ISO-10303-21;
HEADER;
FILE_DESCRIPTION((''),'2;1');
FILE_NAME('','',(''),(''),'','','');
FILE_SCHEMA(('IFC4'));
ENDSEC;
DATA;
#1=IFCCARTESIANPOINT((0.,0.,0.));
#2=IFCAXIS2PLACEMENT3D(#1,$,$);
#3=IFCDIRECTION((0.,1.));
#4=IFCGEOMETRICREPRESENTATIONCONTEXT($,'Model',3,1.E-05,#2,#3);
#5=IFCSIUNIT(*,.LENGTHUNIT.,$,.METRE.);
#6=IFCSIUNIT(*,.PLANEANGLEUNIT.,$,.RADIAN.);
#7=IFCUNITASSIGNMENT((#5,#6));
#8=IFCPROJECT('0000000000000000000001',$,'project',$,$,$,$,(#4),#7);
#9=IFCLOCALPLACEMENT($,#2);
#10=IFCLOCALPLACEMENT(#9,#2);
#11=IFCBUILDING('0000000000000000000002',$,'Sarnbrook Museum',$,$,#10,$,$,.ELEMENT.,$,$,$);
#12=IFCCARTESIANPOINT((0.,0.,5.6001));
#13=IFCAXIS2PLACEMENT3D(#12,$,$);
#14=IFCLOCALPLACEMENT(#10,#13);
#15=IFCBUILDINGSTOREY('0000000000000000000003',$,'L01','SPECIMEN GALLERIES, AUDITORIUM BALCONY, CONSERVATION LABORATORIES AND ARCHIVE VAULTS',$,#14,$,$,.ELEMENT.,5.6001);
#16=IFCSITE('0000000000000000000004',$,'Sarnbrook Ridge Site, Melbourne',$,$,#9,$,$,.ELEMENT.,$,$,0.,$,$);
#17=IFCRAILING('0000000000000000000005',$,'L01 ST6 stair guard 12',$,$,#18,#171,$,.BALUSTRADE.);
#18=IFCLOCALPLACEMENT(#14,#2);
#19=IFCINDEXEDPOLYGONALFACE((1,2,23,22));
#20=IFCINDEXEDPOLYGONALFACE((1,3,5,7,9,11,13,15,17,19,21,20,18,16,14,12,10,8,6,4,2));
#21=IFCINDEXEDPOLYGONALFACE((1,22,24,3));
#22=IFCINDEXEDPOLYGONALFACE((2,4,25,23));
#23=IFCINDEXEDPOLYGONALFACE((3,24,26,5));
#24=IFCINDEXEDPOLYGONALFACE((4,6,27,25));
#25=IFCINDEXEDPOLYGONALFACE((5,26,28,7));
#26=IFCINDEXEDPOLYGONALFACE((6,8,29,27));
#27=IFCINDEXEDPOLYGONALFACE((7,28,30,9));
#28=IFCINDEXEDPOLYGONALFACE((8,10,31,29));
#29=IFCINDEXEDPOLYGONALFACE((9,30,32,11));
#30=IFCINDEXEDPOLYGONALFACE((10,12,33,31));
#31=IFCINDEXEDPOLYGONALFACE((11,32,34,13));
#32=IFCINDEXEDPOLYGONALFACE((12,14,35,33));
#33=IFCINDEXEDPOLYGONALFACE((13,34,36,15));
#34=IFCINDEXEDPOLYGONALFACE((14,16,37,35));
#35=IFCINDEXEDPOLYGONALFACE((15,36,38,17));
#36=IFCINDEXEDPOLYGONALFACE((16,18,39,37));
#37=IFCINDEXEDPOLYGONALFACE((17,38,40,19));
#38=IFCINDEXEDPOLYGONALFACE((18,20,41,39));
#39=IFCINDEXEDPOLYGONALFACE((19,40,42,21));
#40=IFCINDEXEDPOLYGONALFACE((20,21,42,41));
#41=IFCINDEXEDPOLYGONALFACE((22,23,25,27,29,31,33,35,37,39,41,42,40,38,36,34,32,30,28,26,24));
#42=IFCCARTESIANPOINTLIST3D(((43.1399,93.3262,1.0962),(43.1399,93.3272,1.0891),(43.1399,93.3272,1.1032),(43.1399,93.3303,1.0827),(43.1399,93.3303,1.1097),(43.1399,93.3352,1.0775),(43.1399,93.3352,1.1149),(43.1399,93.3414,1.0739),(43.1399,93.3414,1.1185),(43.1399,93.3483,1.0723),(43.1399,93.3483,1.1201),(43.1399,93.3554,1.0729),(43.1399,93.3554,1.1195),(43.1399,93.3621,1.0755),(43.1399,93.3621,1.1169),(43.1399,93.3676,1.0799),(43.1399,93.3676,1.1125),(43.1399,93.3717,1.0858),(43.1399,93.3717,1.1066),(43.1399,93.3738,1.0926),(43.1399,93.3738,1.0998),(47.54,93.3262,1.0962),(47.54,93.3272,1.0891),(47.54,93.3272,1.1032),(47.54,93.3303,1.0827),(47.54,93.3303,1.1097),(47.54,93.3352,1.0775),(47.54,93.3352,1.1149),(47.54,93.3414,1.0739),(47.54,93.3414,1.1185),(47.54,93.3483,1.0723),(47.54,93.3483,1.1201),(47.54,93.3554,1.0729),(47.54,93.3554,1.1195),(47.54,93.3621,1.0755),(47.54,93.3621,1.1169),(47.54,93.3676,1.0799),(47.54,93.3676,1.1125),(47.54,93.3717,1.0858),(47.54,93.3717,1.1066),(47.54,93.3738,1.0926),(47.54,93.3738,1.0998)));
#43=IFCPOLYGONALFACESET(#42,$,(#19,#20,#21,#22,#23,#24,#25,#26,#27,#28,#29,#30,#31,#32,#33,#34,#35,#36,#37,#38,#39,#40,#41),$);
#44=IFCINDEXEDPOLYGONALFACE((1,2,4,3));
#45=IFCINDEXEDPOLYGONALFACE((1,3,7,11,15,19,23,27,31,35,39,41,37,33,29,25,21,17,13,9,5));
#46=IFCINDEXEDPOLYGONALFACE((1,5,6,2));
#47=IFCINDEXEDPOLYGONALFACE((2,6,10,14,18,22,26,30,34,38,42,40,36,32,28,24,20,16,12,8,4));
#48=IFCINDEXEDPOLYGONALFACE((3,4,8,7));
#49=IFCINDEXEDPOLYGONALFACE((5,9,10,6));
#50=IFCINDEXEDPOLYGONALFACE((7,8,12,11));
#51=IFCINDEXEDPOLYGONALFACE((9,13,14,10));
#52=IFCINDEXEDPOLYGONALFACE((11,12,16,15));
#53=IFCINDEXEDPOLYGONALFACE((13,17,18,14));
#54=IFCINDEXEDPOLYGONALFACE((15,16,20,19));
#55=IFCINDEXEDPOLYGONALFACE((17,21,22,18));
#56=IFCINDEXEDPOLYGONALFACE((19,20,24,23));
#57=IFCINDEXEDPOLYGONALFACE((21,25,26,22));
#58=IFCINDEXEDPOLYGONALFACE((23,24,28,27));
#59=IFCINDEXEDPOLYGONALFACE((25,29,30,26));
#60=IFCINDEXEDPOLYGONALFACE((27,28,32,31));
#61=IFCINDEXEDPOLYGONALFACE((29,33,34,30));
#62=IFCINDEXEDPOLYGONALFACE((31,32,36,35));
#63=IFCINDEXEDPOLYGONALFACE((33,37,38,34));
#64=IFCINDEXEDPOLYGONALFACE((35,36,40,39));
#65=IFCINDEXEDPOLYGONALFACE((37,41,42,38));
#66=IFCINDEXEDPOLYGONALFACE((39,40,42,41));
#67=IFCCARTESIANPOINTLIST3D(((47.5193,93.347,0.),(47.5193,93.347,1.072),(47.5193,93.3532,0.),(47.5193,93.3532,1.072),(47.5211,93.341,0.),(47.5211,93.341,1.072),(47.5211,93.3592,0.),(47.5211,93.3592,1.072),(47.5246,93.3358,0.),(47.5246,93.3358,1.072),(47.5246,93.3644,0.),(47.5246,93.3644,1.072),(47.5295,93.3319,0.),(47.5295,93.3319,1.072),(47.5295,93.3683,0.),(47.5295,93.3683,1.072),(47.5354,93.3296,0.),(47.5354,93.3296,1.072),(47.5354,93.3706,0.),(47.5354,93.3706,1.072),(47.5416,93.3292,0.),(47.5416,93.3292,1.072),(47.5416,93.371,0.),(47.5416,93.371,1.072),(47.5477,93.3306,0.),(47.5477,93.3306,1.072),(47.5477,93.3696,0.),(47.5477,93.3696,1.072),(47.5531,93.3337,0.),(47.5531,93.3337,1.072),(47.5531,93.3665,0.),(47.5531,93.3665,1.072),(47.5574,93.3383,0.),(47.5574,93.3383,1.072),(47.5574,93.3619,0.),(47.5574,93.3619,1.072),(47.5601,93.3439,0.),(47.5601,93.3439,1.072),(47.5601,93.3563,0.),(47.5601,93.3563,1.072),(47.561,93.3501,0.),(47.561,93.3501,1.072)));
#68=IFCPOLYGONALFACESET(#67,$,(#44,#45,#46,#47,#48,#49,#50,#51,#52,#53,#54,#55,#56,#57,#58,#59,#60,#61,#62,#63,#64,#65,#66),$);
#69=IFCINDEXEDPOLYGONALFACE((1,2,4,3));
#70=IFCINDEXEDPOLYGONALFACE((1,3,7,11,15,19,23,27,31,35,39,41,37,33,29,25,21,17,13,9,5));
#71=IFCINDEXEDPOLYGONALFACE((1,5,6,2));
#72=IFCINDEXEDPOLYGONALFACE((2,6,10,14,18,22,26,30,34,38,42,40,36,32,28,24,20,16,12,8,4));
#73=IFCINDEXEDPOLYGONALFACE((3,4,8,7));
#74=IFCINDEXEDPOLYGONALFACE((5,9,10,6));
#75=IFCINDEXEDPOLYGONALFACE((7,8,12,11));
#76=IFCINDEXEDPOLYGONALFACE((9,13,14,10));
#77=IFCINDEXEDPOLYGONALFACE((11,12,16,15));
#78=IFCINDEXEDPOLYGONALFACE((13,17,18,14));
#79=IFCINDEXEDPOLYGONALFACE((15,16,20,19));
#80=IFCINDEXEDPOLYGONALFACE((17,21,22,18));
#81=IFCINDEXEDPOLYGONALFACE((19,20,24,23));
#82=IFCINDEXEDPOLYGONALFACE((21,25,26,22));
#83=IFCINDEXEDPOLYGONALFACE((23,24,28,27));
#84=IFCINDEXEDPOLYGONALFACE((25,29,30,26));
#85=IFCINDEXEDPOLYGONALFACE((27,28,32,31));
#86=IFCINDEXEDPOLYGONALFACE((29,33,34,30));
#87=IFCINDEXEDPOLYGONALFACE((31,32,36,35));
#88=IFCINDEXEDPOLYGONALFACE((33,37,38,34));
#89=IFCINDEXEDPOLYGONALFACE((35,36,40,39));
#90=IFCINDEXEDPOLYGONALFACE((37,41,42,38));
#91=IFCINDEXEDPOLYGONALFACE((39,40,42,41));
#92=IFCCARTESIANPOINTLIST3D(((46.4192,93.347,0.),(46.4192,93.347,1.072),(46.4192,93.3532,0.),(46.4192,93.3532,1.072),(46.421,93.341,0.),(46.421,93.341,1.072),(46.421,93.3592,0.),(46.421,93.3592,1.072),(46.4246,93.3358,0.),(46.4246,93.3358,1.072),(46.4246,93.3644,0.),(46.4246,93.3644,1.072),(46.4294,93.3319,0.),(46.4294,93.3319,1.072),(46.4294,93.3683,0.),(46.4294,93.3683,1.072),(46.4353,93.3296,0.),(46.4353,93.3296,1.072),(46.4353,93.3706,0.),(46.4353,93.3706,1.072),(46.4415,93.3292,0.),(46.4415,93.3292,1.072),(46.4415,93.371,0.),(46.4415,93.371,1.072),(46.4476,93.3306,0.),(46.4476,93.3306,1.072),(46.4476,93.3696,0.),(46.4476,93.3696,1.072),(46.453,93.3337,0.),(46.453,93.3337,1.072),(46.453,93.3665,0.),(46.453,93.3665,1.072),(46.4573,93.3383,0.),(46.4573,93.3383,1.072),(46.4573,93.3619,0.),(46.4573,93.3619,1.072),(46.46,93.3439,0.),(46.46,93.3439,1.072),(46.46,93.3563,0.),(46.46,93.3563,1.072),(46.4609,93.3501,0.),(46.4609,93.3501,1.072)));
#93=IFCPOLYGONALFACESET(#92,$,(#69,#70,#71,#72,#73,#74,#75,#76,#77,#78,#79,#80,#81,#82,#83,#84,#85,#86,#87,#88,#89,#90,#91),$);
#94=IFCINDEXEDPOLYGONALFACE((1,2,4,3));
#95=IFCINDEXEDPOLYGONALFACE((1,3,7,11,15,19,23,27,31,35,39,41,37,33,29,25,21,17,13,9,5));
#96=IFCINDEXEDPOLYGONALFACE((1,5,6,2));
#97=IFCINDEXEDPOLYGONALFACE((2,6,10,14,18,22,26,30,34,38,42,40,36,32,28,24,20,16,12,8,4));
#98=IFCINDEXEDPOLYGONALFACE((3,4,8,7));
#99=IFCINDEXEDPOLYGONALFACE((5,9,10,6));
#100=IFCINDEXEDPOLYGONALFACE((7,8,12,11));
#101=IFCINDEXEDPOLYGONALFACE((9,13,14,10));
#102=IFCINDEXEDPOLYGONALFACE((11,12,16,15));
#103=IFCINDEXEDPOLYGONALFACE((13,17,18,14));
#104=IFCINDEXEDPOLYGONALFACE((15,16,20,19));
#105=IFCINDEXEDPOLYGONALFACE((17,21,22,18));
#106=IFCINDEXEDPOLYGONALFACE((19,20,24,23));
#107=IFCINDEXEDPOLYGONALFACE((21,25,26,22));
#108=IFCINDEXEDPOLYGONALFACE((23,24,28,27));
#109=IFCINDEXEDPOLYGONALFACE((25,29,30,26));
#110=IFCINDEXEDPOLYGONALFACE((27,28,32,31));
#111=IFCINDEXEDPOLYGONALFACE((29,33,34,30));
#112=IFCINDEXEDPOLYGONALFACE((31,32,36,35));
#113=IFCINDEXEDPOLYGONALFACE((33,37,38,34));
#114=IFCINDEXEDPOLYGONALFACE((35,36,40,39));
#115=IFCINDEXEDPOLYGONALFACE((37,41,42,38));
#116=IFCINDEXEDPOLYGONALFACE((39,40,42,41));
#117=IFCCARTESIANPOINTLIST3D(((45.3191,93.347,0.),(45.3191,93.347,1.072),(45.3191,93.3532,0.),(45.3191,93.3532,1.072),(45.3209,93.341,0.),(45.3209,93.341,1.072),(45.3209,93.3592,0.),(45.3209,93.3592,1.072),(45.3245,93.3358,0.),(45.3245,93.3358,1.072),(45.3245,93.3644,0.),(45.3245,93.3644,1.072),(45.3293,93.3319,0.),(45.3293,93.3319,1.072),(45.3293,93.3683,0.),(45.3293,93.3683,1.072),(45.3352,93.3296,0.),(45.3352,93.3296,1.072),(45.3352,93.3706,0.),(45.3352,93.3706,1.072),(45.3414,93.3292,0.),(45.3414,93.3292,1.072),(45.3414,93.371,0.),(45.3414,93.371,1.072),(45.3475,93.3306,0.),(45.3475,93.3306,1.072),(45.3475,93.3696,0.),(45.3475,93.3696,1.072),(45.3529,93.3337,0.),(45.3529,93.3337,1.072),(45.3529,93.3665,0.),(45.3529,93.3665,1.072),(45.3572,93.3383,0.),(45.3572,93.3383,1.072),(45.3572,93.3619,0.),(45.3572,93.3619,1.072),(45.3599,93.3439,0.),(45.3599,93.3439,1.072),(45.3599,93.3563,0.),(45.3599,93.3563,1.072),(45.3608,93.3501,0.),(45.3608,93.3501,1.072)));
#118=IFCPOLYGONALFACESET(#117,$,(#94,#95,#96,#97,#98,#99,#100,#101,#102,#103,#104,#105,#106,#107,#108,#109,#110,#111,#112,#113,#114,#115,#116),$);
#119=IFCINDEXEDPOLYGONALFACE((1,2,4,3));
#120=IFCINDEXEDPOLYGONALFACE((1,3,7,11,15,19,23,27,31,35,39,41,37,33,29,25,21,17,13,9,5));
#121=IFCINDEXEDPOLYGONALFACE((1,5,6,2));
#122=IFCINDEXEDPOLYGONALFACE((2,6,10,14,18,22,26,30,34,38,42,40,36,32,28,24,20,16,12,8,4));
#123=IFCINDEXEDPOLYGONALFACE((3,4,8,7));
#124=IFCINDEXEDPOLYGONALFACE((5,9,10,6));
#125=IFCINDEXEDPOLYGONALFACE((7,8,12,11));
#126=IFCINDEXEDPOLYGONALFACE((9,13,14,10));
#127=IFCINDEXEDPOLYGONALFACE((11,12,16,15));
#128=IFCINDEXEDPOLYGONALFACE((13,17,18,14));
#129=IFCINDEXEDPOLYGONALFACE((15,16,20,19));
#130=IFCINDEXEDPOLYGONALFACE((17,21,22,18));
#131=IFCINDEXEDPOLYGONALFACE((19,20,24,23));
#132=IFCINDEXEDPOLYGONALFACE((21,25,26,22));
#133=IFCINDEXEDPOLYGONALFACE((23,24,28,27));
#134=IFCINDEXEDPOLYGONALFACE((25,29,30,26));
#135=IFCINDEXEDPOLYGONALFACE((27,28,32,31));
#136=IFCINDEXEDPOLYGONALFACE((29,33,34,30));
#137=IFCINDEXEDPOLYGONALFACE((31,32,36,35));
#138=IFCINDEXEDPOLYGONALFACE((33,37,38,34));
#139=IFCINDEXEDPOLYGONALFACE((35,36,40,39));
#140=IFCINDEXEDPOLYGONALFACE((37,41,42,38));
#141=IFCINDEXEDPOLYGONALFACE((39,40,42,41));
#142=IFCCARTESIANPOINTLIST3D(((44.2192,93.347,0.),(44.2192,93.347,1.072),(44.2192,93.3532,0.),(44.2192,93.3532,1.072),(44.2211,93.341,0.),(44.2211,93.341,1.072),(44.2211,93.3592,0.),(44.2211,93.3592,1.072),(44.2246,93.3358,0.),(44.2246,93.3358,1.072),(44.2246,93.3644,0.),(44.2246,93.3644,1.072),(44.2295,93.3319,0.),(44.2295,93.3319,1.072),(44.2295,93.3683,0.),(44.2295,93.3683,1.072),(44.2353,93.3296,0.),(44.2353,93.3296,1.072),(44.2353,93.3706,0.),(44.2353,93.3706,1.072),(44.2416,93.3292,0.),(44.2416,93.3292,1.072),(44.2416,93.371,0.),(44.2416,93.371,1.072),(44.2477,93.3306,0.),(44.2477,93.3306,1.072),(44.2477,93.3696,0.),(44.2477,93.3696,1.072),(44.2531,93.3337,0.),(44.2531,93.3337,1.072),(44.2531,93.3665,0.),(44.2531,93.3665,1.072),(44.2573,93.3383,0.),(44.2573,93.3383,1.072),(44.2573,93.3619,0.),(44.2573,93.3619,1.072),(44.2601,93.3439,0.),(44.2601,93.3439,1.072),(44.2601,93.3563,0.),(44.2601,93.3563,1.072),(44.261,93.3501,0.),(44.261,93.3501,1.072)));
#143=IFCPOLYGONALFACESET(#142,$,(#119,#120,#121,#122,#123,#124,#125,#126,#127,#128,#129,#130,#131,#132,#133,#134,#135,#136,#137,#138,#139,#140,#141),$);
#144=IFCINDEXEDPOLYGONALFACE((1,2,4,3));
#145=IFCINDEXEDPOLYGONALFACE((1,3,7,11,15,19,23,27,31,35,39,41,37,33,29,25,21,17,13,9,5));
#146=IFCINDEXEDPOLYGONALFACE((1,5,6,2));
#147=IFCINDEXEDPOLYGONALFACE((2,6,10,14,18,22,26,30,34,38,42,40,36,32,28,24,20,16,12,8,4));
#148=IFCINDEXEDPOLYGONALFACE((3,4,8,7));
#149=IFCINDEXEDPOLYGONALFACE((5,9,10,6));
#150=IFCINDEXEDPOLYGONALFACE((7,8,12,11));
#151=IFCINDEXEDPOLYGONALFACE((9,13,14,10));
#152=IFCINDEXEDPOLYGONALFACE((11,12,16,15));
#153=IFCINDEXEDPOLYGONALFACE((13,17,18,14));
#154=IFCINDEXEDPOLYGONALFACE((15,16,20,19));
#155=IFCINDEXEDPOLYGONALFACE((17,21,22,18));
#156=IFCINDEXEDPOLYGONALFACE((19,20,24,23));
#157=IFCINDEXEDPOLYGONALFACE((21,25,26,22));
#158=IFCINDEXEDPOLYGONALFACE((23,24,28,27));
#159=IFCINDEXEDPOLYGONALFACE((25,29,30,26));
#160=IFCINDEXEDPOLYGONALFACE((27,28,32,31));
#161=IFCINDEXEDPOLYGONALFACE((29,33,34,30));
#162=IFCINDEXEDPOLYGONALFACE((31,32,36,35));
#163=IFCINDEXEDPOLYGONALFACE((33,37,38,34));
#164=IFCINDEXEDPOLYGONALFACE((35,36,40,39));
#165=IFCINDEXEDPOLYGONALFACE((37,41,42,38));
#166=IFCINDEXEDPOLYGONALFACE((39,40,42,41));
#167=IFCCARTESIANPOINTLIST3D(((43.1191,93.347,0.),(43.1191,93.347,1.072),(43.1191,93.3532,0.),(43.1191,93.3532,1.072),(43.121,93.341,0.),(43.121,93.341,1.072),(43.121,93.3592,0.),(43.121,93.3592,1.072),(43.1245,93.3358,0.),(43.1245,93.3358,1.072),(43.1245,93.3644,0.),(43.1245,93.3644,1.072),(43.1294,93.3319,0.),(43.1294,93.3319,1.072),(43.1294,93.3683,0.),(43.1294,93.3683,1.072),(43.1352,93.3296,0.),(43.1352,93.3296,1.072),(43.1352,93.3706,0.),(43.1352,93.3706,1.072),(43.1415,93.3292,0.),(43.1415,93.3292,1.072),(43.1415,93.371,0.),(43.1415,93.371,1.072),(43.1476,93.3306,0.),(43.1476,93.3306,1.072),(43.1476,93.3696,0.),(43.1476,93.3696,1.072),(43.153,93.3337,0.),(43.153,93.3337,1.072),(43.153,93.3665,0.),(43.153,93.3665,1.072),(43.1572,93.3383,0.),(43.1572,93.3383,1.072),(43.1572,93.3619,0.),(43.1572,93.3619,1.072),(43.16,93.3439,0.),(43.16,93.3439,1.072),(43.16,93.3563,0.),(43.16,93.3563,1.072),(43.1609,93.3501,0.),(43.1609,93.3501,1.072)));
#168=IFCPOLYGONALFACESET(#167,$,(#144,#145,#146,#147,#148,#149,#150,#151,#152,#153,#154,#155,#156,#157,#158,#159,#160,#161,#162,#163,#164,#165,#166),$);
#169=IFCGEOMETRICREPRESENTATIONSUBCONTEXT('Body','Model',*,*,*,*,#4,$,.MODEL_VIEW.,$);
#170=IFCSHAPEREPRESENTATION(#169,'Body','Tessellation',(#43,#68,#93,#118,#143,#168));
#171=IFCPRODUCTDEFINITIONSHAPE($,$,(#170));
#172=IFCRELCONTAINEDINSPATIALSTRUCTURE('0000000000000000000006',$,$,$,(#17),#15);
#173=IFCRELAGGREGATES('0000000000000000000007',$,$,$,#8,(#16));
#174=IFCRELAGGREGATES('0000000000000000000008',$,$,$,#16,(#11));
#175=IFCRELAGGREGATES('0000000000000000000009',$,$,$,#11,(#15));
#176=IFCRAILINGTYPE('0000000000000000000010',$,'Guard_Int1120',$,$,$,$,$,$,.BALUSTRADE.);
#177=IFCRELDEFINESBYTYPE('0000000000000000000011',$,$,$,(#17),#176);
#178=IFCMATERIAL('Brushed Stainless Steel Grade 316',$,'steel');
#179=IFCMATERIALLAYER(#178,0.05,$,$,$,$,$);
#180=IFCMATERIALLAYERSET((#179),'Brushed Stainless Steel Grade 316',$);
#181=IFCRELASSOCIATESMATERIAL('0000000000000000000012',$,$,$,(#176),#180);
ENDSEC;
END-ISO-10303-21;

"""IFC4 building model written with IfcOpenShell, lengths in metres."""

from ifc_helpers import new_model, si_unit, direction, frame, origin, origin_2d, place, context, subcontext, project, spatial, circle, extrude, material, layer, layer_set, type_object, element, save


model = new_model("IFC4")

# Units and contexts
model_context = context("Model", 3, precision=1e-05, world=origin(), true_north=direction((0.0, 1.0)))
body_context = subcontext(model_context, "Body", "Model", "MODEL_VIEW")
ifc_project = project(units=[si_unit("LENGTHUNIT", "METRE"), si_unit("PLANEANGLEUNIT", "RADIAN")], contexts=[model_context])

# Site, building, storey
site_placement = place(None, origin())
site = spatial("IfcSite", under=ifc_project, at=site_placement, Name="Sarnbrook Ridge Site, Melbourne", CompositionType="ELEMENT", RefElevation=0.0)
building_placement = place(site_placement, origin())
building = spatial("IfcBuilding", under=site, at=building_placement, Name="Sarnbrook Museum", CompositionType="ELEMENT")
storey_placement = place(building_placement, frame((0.0, 0.0, 5.6001)))
storey = spatial("IfcBuildingStorey", under=building, at=storey_placement, Name="L01", Description="SPECIMEN GALLERIES, AUDITORIUM BALCONY, CONSERVATION LABORATORIES AND ARCHIVE VAULTS", CompositionType="ELEMENT", Elevation=5.6001)

# Railing
ifc_material_1 = material(Name="Brushed Stainless Steel Grade 316", Category="steel")
ifc_layer_1 = layer(ifc_material_1, 0.05)
ifc_layer_set_1 = layer_set([ifc_layer_1], Name="Brushed Stainless Steel Grade 316")
railing_type_1 = type_object("IfcRailingType", Name="Guard_Int1120", PredefinedType="BALUSTRADE", material=ifc_layer_set_1)
railing_1_placement = place(storey_placement, frame((47.54, 93.3501, 0.0)))
element("IfcRailing", 1, at=railing_1_placement, inside=storey, type_object=railing_type_1, Name="L01 ST6 stair guard 12", PredefinedType="BALUSTRADE", context=body_context, shape_type="SweptSolid", body=[
    extrude(circle(Radius=0.0239, at=origin_2d()), frame((0.0, 0.0, 1.0962), z_axis=(-1.0, 0.0, 0.0), x_axis=(0.0, -1.0, 0.0)), (0.0, 0.0, 1.0), 4.4001),
    extrude(circle(Radius=0.021, at=origin_2d()), origin(), (0.0, 0.0, 1.0), 1.072),
    extrude(circle(Radius=0.021, at=origin_2d()), frame((-1.1001, 0.0, 0.0)), (0.0, 0.0, 1.0), 1.072),
    extrude(circle(Radius=0.021, at=origin_2d()), frame((-2.2002, 0.0, 0.0)), (0.0, 0.0, 1.0), 1.072),
    extrude(circle(Radius=0.021, at=origin_2d()), frame((-3.3, 0.0, 0.0)), (0.0, 0.0, 1.0), 1.072),
    extrude(circle(Radius=0.021, at=origin_2d()), frame((-4.4001, 0.0, 0.0)), (0.0, 0.0, 1.0), 1.072),
])

save(model, "model.ifc")
